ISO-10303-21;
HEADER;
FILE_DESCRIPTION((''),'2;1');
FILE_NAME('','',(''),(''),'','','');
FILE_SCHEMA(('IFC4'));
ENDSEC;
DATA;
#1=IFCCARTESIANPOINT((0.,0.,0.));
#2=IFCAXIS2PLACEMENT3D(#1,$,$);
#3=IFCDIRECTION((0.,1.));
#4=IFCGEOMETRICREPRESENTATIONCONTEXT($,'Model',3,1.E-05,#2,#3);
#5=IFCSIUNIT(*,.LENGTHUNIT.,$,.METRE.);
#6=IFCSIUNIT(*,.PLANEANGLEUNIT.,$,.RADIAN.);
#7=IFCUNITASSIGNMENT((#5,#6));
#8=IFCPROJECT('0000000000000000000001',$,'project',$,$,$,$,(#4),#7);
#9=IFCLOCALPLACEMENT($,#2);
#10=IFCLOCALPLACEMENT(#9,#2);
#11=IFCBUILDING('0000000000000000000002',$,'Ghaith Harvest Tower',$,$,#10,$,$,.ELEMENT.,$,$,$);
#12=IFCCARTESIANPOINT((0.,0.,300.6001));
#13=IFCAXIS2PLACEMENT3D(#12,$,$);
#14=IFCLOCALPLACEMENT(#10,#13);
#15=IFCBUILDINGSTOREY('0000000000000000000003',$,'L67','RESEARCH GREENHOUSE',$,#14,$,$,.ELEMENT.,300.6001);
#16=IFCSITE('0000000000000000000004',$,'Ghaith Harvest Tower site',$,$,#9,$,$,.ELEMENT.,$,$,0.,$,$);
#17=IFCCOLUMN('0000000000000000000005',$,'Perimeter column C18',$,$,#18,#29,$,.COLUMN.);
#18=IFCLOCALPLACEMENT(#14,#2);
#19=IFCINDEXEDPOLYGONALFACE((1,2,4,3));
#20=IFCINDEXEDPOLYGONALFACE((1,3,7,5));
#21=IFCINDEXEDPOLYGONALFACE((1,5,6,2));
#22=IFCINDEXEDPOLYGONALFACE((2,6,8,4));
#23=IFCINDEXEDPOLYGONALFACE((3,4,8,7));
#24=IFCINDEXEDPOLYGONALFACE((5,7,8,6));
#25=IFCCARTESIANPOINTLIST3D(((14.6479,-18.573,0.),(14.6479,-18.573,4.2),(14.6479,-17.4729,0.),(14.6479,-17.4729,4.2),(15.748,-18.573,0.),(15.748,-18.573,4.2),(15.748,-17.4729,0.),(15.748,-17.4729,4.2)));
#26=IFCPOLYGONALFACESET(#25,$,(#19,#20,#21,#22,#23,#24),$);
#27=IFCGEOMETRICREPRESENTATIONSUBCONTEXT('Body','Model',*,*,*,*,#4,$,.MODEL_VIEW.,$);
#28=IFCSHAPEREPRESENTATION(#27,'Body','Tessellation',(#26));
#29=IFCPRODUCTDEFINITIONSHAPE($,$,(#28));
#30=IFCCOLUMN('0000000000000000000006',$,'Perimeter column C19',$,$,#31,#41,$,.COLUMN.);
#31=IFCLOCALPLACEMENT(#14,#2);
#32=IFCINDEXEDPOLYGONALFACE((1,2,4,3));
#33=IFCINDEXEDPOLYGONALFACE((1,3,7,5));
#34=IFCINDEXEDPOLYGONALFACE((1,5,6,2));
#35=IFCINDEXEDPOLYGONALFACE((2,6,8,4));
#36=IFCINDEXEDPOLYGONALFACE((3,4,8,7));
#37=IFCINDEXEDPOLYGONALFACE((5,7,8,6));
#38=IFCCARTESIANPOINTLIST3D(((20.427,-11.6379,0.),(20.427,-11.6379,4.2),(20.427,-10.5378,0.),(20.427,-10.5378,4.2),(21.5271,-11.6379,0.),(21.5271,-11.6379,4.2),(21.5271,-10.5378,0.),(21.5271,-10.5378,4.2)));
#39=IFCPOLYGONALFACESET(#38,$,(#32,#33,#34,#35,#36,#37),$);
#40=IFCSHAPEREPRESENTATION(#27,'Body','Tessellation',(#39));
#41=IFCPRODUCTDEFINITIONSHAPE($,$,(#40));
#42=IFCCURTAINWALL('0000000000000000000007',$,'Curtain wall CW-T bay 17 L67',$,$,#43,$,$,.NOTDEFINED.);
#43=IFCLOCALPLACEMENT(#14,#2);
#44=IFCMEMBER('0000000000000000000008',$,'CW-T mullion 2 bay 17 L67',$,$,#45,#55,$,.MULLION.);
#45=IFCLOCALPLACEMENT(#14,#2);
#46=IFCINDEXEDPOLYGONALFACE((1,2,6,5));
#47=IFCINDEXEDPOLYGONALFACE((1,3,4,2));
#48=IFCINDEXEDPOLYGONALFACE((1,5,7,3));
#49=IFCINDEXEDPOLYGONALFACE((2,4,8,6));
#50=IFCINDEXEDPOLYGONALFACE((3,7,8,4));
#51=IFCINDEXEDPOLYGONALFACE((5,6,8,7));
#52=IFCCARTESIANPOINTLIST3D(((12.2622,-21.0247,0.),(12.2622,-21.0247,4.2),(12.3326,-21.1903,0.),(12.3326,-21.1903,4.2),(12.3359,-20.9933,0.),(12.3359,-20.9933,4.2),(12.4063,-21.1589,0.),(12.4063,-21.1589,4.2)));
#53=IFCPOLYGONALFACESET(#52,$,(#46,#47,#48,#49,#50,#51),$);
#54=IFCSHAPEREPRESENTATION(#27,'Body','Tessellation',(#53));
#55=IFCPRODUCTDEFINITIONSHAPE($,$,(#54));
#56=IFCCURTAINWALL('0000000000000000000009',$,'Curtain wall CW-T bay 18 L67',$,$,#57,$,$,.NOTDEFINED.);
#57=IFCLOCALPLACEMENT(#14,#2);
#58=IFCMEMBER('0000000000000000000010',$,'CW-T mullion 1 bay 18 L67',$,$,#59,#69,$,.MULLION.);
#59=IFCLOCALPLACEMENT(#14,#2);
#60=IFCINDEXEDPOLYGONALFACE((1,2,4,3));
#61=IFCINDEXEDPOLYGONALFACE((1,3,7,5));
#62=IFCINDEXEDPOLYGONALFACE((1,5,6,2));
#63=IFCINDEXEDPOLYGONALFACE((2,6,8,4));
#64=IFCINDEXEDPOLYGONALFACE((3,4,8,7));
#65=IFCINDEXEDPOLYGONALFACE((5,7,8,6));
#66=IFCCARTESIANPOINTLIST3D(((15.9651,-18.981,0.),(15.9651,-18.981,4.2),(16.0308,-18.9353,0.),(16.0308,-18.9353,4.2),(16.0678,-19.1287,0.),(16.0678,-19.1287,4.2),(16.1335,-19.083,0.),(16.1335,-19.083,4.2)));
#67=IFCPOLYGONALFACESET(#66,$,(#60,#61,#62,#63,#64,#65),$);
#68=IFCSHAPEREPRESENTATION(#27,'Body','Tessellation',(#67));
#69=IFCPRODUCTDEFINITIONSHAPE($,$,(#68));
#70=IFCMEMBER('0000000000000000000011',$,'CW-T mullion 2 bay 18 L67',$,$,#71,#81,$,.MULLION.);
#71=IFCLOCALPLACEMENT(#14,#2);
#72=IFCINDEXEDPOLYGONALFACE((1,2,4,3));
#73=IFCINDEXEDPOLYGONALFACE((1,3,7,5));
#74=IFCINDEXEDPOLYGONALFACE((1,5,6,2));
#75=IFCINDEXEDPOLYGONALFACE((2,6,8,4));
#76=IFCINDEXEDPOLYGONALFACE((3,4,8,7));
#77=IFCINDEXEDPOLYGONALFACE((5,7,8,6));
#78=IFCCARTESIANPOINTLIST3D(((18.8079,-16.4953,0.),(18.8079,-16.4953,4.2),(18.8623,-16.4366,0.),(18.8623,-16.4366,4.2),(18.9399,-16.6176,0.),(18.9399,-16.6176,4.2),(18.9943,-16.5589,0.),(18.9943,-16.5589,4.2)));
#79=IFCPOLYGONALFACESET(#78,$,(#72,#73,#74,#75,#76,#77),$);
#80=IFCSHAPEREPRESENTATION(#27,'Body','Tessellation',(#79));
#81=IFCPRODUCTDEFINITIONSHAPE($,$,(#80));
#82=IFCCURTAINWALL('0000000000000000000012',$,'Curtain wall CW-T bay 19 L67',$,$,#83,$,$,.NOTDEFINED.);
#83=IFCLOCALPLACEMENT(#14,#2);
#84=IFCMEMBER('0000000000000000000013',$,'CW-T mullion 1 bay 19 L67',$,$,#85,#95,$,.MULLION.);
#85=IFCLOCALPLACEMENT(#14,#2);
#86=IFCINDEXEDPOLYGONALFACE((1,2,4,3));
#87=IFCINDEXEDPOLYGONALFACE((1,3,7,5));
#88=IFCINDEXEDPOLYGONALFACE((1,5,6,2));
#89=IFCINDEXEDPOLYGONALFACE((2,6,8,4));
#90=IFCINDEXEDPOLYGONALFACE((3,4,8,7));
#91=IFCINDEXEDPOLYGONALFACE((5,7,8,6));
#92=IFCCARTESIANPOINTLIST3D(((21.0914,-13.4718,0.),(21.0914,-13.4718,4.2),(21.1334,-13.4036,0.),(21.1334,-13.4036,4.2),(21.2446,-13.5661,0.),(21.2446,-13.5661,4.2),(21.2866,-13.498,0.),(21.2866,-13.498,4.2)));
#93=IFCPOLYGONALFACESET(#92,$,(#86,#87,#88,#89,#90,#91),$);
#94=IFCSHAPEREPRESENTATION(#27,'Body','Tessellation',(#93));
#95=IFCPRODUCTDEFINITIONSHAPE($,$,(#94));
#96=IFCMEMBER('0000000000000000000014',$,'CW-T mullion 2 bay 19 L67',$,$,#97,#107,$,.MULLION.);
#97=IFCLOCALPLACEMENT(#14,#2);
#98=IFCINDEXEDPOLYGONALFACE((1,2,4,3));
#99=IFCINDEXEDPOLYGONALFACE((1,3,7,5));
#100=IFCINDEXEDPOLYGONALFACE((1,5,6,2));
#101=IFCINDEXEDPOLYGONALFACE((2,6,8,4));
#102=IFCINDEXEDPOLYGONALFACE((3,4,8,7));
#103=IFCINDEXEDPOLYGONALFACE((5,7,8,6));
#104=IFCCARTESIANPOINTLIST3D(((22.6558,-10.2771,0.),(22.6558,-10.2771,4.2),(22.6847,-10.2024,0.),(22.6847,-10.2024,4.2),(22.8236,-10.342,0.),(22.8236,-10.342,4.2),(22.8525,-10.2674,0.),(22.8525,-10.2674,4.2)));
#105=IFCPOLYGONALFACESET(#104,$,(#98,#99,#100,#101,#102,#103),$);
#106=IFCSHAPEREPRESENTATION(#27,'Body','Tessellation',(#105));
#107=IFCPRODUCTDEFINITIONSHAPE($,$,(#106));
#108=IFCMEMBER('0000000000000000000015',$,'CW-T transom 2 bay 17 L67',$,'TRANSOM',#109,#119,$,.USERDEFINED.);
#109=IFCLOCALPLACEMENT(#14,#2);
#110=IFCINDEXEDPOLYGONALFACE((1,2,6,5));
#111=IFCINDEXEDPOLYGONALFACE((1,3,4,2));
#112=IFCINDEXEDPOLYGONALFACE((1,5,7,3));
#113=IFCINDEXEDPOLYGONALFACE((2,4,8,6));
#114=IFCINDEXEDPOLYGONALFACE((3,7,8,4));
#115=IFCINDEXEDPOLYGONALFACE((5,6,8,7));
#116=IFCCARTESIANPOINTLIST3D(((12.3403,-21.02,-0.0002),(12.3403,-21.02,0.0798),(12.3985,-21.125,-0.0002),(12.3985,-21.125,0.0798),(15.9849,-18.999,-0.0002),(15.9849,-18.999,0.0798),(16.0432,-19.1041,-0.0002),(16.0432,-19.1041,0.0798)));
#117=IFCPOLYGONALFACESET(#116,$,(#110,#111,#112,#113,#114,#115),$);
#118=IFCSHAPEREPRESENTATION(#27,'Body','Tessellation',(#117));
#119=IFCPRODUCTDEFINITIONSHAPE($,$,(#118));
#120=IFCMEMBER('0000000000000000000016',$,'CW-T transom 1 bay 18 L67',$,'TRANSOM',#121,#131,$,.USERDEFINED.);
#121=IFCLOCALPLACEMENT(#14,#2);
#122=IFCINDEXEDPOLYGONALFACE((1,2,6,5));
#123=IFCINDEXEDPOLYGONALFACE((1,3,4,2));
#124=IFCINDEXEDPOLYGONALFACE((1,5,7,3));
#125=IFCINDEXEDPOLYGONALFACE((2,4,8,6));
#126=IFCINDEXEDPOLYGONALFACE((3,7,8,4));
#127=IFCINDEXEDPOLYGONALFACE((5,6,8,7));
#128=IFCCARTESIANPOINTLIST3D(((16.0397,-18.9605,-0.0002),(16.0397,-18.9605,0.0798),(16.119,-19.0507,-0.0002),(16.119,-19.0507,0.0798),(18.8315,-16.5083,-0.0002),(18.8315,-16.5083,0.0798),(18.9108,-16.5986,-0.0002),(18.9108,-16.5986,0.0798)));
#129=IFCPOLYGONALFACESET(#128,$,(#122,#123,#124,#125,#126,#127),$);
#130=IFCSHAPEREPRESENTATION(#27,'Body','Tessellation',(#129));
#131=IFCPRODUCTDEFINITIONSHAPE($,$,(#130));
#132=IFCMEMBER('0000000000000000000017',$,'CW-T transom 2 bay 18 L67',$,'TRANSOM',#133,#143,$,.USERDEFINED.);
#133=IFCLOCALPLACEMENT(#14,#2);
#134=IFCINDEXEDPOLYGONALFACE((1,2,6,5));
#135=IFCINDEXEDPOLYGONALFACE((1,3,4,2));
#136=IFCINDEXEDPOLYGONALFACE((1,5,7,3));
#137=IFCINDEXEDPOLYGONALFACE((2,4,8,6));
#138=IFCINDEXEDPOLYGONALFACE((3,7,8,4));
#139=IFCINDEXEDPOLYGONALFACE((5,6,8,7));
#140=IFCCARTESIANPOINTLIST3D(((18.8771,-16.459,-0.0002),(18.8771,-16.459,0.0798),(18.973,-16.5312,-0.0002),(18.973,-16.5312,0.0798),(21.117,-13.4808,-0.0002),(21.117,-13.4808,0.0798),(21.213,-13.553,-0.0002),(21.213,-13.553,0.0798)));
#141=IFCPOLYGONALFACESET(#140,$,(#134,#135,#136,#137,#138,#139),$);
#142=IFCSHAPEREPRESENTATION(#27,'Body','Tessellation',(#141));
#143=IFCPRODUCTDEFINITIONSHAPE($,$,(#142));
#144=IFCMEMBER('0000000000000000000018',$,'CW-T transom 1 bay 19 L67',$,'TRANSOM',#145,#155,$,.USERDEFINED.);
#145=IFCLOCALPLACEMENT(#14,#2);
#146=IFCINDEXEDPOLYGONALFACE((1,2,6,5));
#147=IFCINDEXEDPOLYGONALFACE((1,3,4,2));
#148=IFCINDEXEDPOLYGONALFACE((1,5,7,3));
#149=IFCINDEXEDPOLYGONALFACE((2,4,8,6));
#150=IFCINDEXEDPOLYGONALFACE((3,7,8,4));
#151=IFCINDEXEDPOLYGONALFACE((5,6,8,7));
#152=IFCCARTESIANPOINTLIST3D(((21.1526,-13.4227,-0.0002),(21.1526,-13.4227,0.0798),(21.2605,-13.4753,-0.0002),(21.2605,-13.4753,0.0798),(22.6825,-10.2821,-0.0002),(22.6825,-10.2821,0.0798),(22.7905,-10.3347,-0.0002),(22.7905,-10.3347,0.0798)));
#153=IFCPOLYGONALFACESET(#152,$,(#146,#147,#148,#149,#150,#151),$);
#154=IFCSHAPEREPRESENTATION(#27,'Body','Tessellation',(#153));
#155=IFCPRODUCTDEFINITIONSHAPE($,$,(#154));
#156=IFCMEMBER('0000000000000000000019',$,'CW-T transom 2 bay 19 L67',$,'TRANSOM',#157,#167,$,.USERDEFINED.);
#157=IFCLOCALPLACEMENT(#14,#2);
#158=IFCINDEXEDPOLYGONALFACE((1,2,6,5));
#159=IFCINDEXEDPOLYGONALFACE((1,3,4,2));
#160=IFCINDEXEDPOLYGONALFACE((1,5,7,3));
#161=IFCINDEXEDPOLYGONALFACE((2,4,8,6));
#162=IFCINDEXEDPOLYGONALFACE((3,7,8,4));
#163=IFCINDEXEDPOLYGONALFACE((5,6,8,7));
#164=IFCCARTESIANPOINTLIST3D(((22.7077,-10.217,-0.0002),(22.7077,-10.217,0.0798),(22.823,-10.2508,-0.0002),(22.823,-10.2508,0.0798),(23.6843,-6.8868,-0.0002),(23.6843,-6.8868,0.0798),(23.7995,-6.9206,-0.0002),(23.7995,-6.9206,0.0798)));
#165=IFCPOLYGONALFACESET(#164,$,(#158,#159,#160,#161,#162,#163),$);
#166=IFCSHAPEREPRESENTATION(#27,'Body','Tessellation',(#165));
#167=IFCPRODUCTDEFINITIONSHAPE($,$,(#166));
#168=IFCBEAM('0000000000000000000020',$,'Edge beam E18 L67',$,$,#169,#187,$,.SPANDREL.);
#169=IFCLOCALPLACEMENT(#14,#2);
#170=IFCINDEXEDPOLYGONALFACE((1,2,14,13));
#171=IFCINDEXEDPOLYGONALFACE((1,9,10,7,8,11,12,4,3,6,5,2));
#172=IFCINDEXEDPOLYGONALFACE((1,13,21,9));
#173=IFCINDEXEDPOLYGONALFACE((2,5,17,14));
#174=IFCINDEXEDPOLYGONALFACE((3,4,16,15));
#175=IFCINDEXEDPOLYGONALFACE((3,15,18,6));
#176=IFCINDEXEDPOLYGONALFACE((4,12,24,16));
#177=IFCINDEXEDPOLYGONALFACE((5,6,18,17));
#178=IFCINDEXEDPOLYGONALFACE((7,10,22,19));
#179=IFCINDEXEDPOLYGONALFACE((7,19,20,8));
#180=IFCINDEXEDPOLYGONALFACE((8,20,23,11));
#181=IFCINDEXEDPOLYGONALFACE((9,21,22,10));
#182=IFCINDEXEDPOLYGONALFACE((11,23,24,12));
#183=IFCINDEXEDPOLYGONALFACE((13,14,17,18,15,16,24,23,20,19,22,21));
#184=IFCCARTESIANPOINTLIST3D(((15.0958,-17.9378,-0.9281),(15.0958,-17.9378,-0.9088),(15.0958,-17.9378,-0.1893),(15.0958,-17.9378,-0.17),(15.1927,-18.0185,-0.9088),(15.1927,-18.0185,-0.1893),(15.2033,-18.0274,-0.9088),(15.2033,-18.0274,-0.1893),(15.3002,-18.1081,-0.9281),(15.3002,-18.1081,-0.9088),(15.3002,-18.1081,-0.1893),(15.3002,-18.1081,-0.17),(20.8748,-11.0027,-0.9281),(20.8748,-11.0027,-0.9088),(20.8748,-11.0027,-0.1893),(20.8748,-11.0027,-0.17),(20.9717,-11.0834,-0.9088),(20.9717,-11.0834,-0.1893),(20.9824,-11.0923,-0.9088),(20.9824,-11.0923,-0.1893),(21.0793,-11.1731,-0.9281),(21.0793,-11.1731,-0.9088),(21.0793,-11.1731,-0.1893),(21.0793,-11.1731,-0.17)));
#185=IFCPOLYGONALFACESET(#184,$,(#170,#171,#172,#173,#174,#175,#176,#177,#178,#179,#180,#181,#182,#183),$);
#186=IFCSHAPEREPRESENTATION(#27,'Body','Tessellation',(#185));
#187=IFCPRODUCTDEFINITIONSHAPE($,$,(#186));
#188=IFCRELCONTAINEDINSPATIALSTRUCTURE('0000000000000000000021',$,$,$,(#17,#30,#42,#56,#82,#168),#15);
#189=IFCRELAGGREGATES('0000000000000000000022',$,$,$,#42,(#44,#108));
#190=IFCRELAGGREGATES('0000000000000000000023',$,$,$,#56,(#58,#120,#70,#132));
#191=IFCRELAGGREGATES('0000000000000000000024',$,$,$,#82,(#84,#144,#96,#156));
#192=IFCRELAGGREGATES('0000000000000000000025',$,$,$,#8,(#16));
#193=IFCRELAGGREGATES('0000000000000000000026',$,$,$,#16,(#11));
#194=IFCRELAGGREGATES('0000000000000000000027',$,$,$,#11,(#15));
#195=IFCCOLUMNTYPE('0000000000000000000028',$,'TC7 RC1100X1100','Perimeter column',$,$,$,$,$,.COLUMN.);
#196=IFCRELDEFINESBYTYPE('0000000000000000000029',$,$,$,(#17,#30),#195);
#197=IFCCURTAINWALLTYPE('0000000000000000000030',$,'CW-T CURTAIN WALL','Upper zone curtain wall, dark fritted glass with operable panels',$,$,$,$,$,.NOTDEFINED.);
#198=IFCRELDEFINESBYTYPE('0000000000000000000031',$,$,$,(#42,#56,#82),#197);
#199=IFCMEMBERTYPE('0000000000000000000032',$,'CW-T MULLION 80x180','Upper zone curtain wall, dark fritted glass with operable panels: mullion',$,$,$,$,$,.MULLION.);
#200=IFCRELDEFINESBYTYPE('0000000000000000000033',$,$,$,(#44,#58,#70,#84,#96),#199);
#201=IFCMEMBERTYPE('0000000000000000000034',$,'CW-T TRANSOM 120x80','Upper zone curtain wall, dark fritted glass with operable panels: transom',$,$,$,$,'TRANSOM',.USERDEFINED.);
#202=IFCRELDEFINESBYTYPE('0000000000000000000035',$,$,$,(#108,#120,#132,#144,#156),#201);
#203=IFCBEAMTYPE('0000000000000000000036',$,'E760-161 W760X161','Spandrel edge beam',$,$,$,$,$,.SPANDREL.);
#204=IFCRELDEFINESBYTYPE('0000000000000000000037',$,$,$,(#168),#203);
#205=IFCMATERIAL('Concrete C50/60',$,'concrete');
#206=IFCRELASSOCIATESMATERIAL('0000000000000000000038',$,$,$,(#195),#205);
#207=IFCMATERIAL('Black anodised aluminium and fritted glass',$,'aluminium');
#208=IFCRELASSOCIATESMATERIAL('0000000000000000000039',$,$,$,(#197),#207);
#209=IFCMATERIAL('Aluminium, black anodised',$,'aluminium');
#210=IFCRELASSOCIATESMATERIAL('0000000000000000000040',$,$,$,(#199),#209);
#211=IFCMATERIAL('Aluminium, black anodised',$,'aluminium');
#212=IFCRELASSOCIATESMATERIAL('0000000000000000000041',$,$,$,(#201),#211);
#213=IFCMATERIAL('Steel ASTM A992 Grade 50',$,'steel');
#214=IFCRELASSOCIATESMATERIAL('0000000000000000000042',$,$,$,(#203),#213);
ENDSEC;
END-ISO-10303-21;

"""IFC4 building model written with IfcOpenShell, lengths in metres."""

from ifc_helpers import new_model, si_unit, direction, frame, origin, origin_2d, place, context, subcontext, project, spatial, rectangle, i_section, extrude, material, material_profile, profile_set, type_object, element, aggregate, save


model = new_model("IFC4")

# Units and contexts
model_context = context("Model", 3, precision=1e-05, world=origin(), true_north=direction((0.0, 1.0)))
body_context = subcontext(model_context, "Body", "Model", "MODEL_VIEW")
ifc_project = project(units=[si_unit("LENGTHUNIT", "METRE"), si_unit("PLANEANGLEUNIT", "RADIAN")], contexts=[model_context])

# Site, building, storey
site_placement = place(None, origin())
site = spatial("IfcSite", under=ifc_project, at=site_placement, Name="Ghaith Harvest Tower site", CompositionType="ELEMENT", RefElevation=0.0)
building_placement = place(site_placement, origin())
building = spatial("IfcBuilding", under=site, at=building_placement, Name="Ghaith Harvest Tower", CompositionType="ELEMENT")
storey_placement = place(building_placement, frame((0.0, 0.0, 300.6001)))
storey = spatial("IfcBuildingStorey", under=building, at=storey_placement, Name="L67", Description="RESEARCH GREENHOUSE", CompositionType="ELEMENT", Elevation=300.6001)

# Columns
ifc_material_1 = material(Name="Concrete C50/60", Category="concrete")
ifc_material_profile_1 = material_profile(ifc_material_1, rectangle(XDim=1.1001, YDim=1.1001, at=origin_2d()), Name="RC1100X1100")
ifc_profile_set_1 = profile_set([ifc_material_profile_1], Name="Concrete C50/60")
column_type = type_object("IfcColumnType", Name="TC7 RC1100X1100", Description="Perimeter column", PredefinedType="COLUMN", material=ifc_profile_set_1)
for number, where, z_axis, x_axis, name in (
    (1, (15.198, -18.0229, 0.0), (0.0, 0.0, 1.0), (1.0, 0.0, 0.0), "Perimeter column C18"),
    (2, (20.9771, -11.0879, 0.0), (0.0, 0.0, 1.0), (1.0, 0.0, 0.0), "Perimeter column C19"),
):
    element("IfcColumn", number, at=place(storey_placement, frame(where, z_axis=z_axis, x_axis=x_axis)), inside=storey, type_object=column_type, Name=name, PredefinedType="COLUMN", context=body_context, shape_type="SweptSolid", body=[
        extrude(rectangle(XDim=1.1001, YDim=1.1001, at=origin_2d()), origin(), (0.0, 0.0, 1.0), 4.2),
    ])

# Curtain wall, member
ifc_material_2 = material(Name="Black anodised aluminium and fritted glass", Category="aluminium")
curtain_wall_type = type_object("IfcCurtainWallType", Name="CW-T CURTAIN WALL", Description="Upper zone curtain wall, dark fritted glass with operable panels", PredefinedType="NOTDEFINED", material=ifc_material_2)
curtain_wall_1_placement = place(storey_placement, origin())
curtain_wall_1 = element("IfcCurtainWall", 3, at=curtain_wall_1_placement, inside=storey, type_object=curtain_wall_type, Name="Curtain wall CW-T bay 17 L67", PredefinedType="NOTDEFINED")
ifc_material_3 = material(Name="Aluminium, black anodised", Category="aluminium")
ifc_material_profile_2 = material_profile(ifc_material_3, rectangle(XDim=0.0801, YDim=0.1799, at=origin_2d()), Name="CW-T MULLION 80x180")
ifc_profile_set_2 = profile_set([ifc_material_profile_2], Name="Aluminium, black anodised")
member_type_1 = type_object("IfcMemberType", Name="CW-T MULLION 80x180", Description="Upper zone curtain wall, dark fritted glass with operable panels: mullion", PredefinedType="MULLION", material=ifc_profile_set_2)
member_1_placement = place(storey_placement, frame((12.3342, -21.0918, 0.0), z_axis=(0.0, 0.0, 1.0), x_axis=(0.920319, 0.391168, 0.0)))
member_1 = element("IfcMember", 4, at=member_1_placement, type_object=member_type_1, Name="CW-T mullion 2 bay 17 L67", PredefinedType="MULLION", context=body_context, shape_type="SweptSolid", body=[
    extrude(rectangle(XDim=0.0801, YDim=0.1799, at=origin_2d()), origin(), (0.0, 0.0, 1.0), 4.2),
])

# Curtain walls, members
curtain_wall_2_placement = place(storey_placement, origin())
curtain_wall_2 = element("IfcCurtainWall", 5, at=curtain_wall_2_placement, inside=storey, type_object=curtain_wall_type, Name="Curtain wall CW-T bay 18 L67", PredefinedType="NOTDEFINED")
member_2_placement = place(storey_placement, frame((16.0493, -19.032, 0.0), z_axis=(0.0, 0.0, 1.0), x_axis=(0.821112, 0.570767, 0.0)))
member_2 = element("IfcMember", 6, at=member_2_placement, type_object=member_type_1, Name="CW-T mullion 1 bay 18 L67", PredefinedType="MULLION", context=body_context, shape_type="SweptSolid", body=[
    extrude(rectangle(XDim=0.0801, YDim=0.1799, at=origin_2d()), origin(), (0.0, 0.0, 1.0), 4.2),
])
member_3_placement = place(storey_placement, frame((18.9011, -16.5271, 0.0), z_axis=(0.0, 0.0, 1.0), x_axis=(0.679661, 0.733526, 0.0)))
member_3 = element("IfcMember", 7, at=member_3_placement, type_object=member_type_1, Name="CW-T mullion 2 bay 18 L67", PredefinedType="MULLION", context=body_context, shape_type="SweptSolid", body=[
    extrude(rectangle(XDim=0.0801, YDim=0.1799, at=origin_2d()), origin(), (0.0, 0.0, 1.0), 4.2),
])
curtain_wall_3_placement = place(storey_placement, origin())
curtain_wall_3 = element("IfcCurtainWall", 8, at=curtain_wall_3_placement, inside=storey, type_object=curtain_wall_type, Name="Curtain wall CW-T bay 19 L67", PredefinedType="NOTDEFINED")
member_4_placement = place(storey_placement, frame((21.189, -13.4849, 0.0), z_axis=(0.0, 0.0, 1.0), x_axis=(0.524482, 0.851421, 0.0)))
member_4 = element("IfcMember", 9, at=member_4_placement, type_object=member_type_1, Name="CW-T mullion 1 bay 19 L67", PredefinedType="MULLION", context=body_context, shape_type="SweptSolid", body=[
    extrude(rectangle(XDim=0.0801, YDim=0.1799, at=origin_2d()), origin(), (0.0, 0.0, 1.0), 4.2),
])
member_5_placement = place(storey_placement, frame((22.7542, -10.2722, 0.0), z_axis=(0.0, 0.0, 1.0), x_axis=(0.361184, 0.932494, 0.0)))
member_5 = element("IfcMember", 10, at=member_5_placement, type_object=member_type_1, Name="CW-T mullion 2 bay 19 L67", PredefinedType="MULLION", context=body_context, shape_type="SweptSolid", body=[
    extrude(rectangle(XDim=0.0801, YDim=0.1799, at=origin_2d()), origin(), (0.0, 0.0, 1.0), 4.2),
])

# Members
ifc_material_4 = material(Name="Aluminium, black anodised", Category="aluminium")
ifc_material_profile_3 = material_profile(ifc_material_4, rectangle(XDim=0.1201, YDim=0.0801, at=origin_2d()), Name="CW-T TRANSOM 120x80")
ifc_profile_set_3 = profile_set([ifc_material_profile_3], Name="Aluminium, black anodised")
member_type_2 = type_object("IfcMemberType", Name="CW-T TRANSOM 120x80", Description="Upper zone curtain wall, dark fritted glass with operable panels: transom", ElementType="TRANSOM", PredefinedType="USERDEFINED", material=ifc_profile_set_3)
member_6_placement = place(storey_placement, frame((12.3694, -21.0725, 0.0398), z_axis=(0.874552, 0.484932, 0.0), x_axis=(-0.484932, 0.874552, 0.0)))
member_6 = element("IfcMember", 11, at=member_6_placement, type_object=member_type_2, Name="CW-T transom 2 bay 17 L67", ObjectType="TRANSOM", PredefinedType="USERDEFINED", context=body_context, shape_type="SweptSolid", body=[
    extrude(rectangle(XDim=0.1201, YDim=0.0801, at=origin_2d()), origin(), (0.0, 0.0, 1.0), 4.1675),
])
member_7_placement = place(storey_placement, frame((16.0793, -19.0056, 0.0398), z_axis=(0.751326, 0.659931, 0.0), x_axis=(-0.659931, 0.751326, 0.0)))
member_7 = element("IfcMember", 12, at=member_7_placement, type_object=member_type_2, Name="CW-T transom 1 bay 18 L67", ObjectType="TRANSOM", PredefinedType="USERDEFINED", context=body_context, shape_type="SweptSolid", body=[
    extrude(rectangle(XDim=0.1201, YDim=0.0801, at=origin_2d()), origin(), (0.0, 0.0, 1.0), 3.7158),
])
member_8_placement = place(storey_placement, frame((18.925, -16.4951, 0.0398), z_axis=(0.601079, 0.79919, 0.0), x_axis=(-0.79919, 0.601079, 0.0)))
member_8 = element("IfcMember", 13, at=member_8_placement, type_object=member_type_2, Name="CW-T transom 2 bay 18 L67", ObjectType="TRANSOM", PredefinedType="USERDEFINED", context=body_context, shape_type="SweptSolid", body=[
    extrude(rectangle(XDim=0.1201, YDim=0.0801, at=origin_2d()), origin(), (0.0, 0.0, 1.0), 3.7266),
])
member_9_placement = place(storey_placement, frame((21.2065, -13.449, 0.0398), z_axis=(0.437965, 0.898992, 0.0), x_axis=(-0.898992, 0.437965, 0.0)))
member_9 = element("IfcMember", 14, at=member_9_placement, type_object=member_type_2, Name="CW-T transom 1 bay 19 L67", ObjectType="TRANSOM", PredefinedType="USERDEFINED", context=body_context, shape_type="SweptSolid", body=[
    extrude(rectangle(XDim=0.1201, YDim=0.0801, at=origin_2d()), origin(), (0.0, 0.0, 1.0), 3.4934),
])
member_10_placement = place(storey_placement, frame((22.7654, -10.2339, 0.0398), z_axis=(0.281385, 0.959595, 0.0), x_axis=(-0.959595, 0.281385, 0.0)))
member_10 = element("IfcMember", 15, at=member_10_placement, type_object=member_type_2, Name="CW-T transom 2 bay 19 L67", ObjectType="TRANSOM", PredefinedType="USERDEFINED", context=body_context, shape_type="SweptSolid", body=[
    extrude(rectangle(XDim=0.1201, YDim=0.0801, at=origin_2d()), origin(), (0.0, 0.0, 1.0), 3.4705),
])

# Beam
ifc_material_5 = material(Name="Steel ASTM A992 Grade 50", Category="steel")
ifc_material_profile_4 = material_profile(ifc_material_5, i_section(OverallWidth=0.2661, OverallDepth=0.7581, WebThickness=0.0139, FlangeThickness=0.0193, at=origin_2d()), Name="W760X161")
ifc_profile_set_4 = profile_set([ifc_material_profile_4], Name="Steel ASTM A992 Grade 50")
beam_type_1 = type_object("IfcBeamType", Name="E760-161 W760X161", Description="Spandrel edge beam", PredefinedType="SPANDREL", material=ifc_profile_set_4)
beam_1_placement = place(storey_placement, frame((15.198, -18.0229, -0.5491), z_axis=(0.640174, 0.76823, 0.0), x_axis=(-0.76823, 0.640174, 0.0)))
element("IfcBeam", 16, at=beam_1_placement, inside=storey, type_object=beam_type_1, Name="Edge beam E18 L67", PredefinedType="SPANDREL", context=body_context, shape_type="SweptSolid", body=[
    extrude(i_section(OverallWidth=0.2661, OverallDepth=0.7581, WebThickness=0.0139, FlangeThickness=0.0193, at=origin_2d()), origin(), (0.0, 0.0, 1.0), 9.0273),
])

aggregate(curtain_wall_1, [member_1, member_6])
aggregate(curtain_wall_2, [member_2, member_7, member_3, member_8])
aggregate(curtain_wall_3, [member_4, member_9, member_5, member_10])

save(model, "model.ifc")
